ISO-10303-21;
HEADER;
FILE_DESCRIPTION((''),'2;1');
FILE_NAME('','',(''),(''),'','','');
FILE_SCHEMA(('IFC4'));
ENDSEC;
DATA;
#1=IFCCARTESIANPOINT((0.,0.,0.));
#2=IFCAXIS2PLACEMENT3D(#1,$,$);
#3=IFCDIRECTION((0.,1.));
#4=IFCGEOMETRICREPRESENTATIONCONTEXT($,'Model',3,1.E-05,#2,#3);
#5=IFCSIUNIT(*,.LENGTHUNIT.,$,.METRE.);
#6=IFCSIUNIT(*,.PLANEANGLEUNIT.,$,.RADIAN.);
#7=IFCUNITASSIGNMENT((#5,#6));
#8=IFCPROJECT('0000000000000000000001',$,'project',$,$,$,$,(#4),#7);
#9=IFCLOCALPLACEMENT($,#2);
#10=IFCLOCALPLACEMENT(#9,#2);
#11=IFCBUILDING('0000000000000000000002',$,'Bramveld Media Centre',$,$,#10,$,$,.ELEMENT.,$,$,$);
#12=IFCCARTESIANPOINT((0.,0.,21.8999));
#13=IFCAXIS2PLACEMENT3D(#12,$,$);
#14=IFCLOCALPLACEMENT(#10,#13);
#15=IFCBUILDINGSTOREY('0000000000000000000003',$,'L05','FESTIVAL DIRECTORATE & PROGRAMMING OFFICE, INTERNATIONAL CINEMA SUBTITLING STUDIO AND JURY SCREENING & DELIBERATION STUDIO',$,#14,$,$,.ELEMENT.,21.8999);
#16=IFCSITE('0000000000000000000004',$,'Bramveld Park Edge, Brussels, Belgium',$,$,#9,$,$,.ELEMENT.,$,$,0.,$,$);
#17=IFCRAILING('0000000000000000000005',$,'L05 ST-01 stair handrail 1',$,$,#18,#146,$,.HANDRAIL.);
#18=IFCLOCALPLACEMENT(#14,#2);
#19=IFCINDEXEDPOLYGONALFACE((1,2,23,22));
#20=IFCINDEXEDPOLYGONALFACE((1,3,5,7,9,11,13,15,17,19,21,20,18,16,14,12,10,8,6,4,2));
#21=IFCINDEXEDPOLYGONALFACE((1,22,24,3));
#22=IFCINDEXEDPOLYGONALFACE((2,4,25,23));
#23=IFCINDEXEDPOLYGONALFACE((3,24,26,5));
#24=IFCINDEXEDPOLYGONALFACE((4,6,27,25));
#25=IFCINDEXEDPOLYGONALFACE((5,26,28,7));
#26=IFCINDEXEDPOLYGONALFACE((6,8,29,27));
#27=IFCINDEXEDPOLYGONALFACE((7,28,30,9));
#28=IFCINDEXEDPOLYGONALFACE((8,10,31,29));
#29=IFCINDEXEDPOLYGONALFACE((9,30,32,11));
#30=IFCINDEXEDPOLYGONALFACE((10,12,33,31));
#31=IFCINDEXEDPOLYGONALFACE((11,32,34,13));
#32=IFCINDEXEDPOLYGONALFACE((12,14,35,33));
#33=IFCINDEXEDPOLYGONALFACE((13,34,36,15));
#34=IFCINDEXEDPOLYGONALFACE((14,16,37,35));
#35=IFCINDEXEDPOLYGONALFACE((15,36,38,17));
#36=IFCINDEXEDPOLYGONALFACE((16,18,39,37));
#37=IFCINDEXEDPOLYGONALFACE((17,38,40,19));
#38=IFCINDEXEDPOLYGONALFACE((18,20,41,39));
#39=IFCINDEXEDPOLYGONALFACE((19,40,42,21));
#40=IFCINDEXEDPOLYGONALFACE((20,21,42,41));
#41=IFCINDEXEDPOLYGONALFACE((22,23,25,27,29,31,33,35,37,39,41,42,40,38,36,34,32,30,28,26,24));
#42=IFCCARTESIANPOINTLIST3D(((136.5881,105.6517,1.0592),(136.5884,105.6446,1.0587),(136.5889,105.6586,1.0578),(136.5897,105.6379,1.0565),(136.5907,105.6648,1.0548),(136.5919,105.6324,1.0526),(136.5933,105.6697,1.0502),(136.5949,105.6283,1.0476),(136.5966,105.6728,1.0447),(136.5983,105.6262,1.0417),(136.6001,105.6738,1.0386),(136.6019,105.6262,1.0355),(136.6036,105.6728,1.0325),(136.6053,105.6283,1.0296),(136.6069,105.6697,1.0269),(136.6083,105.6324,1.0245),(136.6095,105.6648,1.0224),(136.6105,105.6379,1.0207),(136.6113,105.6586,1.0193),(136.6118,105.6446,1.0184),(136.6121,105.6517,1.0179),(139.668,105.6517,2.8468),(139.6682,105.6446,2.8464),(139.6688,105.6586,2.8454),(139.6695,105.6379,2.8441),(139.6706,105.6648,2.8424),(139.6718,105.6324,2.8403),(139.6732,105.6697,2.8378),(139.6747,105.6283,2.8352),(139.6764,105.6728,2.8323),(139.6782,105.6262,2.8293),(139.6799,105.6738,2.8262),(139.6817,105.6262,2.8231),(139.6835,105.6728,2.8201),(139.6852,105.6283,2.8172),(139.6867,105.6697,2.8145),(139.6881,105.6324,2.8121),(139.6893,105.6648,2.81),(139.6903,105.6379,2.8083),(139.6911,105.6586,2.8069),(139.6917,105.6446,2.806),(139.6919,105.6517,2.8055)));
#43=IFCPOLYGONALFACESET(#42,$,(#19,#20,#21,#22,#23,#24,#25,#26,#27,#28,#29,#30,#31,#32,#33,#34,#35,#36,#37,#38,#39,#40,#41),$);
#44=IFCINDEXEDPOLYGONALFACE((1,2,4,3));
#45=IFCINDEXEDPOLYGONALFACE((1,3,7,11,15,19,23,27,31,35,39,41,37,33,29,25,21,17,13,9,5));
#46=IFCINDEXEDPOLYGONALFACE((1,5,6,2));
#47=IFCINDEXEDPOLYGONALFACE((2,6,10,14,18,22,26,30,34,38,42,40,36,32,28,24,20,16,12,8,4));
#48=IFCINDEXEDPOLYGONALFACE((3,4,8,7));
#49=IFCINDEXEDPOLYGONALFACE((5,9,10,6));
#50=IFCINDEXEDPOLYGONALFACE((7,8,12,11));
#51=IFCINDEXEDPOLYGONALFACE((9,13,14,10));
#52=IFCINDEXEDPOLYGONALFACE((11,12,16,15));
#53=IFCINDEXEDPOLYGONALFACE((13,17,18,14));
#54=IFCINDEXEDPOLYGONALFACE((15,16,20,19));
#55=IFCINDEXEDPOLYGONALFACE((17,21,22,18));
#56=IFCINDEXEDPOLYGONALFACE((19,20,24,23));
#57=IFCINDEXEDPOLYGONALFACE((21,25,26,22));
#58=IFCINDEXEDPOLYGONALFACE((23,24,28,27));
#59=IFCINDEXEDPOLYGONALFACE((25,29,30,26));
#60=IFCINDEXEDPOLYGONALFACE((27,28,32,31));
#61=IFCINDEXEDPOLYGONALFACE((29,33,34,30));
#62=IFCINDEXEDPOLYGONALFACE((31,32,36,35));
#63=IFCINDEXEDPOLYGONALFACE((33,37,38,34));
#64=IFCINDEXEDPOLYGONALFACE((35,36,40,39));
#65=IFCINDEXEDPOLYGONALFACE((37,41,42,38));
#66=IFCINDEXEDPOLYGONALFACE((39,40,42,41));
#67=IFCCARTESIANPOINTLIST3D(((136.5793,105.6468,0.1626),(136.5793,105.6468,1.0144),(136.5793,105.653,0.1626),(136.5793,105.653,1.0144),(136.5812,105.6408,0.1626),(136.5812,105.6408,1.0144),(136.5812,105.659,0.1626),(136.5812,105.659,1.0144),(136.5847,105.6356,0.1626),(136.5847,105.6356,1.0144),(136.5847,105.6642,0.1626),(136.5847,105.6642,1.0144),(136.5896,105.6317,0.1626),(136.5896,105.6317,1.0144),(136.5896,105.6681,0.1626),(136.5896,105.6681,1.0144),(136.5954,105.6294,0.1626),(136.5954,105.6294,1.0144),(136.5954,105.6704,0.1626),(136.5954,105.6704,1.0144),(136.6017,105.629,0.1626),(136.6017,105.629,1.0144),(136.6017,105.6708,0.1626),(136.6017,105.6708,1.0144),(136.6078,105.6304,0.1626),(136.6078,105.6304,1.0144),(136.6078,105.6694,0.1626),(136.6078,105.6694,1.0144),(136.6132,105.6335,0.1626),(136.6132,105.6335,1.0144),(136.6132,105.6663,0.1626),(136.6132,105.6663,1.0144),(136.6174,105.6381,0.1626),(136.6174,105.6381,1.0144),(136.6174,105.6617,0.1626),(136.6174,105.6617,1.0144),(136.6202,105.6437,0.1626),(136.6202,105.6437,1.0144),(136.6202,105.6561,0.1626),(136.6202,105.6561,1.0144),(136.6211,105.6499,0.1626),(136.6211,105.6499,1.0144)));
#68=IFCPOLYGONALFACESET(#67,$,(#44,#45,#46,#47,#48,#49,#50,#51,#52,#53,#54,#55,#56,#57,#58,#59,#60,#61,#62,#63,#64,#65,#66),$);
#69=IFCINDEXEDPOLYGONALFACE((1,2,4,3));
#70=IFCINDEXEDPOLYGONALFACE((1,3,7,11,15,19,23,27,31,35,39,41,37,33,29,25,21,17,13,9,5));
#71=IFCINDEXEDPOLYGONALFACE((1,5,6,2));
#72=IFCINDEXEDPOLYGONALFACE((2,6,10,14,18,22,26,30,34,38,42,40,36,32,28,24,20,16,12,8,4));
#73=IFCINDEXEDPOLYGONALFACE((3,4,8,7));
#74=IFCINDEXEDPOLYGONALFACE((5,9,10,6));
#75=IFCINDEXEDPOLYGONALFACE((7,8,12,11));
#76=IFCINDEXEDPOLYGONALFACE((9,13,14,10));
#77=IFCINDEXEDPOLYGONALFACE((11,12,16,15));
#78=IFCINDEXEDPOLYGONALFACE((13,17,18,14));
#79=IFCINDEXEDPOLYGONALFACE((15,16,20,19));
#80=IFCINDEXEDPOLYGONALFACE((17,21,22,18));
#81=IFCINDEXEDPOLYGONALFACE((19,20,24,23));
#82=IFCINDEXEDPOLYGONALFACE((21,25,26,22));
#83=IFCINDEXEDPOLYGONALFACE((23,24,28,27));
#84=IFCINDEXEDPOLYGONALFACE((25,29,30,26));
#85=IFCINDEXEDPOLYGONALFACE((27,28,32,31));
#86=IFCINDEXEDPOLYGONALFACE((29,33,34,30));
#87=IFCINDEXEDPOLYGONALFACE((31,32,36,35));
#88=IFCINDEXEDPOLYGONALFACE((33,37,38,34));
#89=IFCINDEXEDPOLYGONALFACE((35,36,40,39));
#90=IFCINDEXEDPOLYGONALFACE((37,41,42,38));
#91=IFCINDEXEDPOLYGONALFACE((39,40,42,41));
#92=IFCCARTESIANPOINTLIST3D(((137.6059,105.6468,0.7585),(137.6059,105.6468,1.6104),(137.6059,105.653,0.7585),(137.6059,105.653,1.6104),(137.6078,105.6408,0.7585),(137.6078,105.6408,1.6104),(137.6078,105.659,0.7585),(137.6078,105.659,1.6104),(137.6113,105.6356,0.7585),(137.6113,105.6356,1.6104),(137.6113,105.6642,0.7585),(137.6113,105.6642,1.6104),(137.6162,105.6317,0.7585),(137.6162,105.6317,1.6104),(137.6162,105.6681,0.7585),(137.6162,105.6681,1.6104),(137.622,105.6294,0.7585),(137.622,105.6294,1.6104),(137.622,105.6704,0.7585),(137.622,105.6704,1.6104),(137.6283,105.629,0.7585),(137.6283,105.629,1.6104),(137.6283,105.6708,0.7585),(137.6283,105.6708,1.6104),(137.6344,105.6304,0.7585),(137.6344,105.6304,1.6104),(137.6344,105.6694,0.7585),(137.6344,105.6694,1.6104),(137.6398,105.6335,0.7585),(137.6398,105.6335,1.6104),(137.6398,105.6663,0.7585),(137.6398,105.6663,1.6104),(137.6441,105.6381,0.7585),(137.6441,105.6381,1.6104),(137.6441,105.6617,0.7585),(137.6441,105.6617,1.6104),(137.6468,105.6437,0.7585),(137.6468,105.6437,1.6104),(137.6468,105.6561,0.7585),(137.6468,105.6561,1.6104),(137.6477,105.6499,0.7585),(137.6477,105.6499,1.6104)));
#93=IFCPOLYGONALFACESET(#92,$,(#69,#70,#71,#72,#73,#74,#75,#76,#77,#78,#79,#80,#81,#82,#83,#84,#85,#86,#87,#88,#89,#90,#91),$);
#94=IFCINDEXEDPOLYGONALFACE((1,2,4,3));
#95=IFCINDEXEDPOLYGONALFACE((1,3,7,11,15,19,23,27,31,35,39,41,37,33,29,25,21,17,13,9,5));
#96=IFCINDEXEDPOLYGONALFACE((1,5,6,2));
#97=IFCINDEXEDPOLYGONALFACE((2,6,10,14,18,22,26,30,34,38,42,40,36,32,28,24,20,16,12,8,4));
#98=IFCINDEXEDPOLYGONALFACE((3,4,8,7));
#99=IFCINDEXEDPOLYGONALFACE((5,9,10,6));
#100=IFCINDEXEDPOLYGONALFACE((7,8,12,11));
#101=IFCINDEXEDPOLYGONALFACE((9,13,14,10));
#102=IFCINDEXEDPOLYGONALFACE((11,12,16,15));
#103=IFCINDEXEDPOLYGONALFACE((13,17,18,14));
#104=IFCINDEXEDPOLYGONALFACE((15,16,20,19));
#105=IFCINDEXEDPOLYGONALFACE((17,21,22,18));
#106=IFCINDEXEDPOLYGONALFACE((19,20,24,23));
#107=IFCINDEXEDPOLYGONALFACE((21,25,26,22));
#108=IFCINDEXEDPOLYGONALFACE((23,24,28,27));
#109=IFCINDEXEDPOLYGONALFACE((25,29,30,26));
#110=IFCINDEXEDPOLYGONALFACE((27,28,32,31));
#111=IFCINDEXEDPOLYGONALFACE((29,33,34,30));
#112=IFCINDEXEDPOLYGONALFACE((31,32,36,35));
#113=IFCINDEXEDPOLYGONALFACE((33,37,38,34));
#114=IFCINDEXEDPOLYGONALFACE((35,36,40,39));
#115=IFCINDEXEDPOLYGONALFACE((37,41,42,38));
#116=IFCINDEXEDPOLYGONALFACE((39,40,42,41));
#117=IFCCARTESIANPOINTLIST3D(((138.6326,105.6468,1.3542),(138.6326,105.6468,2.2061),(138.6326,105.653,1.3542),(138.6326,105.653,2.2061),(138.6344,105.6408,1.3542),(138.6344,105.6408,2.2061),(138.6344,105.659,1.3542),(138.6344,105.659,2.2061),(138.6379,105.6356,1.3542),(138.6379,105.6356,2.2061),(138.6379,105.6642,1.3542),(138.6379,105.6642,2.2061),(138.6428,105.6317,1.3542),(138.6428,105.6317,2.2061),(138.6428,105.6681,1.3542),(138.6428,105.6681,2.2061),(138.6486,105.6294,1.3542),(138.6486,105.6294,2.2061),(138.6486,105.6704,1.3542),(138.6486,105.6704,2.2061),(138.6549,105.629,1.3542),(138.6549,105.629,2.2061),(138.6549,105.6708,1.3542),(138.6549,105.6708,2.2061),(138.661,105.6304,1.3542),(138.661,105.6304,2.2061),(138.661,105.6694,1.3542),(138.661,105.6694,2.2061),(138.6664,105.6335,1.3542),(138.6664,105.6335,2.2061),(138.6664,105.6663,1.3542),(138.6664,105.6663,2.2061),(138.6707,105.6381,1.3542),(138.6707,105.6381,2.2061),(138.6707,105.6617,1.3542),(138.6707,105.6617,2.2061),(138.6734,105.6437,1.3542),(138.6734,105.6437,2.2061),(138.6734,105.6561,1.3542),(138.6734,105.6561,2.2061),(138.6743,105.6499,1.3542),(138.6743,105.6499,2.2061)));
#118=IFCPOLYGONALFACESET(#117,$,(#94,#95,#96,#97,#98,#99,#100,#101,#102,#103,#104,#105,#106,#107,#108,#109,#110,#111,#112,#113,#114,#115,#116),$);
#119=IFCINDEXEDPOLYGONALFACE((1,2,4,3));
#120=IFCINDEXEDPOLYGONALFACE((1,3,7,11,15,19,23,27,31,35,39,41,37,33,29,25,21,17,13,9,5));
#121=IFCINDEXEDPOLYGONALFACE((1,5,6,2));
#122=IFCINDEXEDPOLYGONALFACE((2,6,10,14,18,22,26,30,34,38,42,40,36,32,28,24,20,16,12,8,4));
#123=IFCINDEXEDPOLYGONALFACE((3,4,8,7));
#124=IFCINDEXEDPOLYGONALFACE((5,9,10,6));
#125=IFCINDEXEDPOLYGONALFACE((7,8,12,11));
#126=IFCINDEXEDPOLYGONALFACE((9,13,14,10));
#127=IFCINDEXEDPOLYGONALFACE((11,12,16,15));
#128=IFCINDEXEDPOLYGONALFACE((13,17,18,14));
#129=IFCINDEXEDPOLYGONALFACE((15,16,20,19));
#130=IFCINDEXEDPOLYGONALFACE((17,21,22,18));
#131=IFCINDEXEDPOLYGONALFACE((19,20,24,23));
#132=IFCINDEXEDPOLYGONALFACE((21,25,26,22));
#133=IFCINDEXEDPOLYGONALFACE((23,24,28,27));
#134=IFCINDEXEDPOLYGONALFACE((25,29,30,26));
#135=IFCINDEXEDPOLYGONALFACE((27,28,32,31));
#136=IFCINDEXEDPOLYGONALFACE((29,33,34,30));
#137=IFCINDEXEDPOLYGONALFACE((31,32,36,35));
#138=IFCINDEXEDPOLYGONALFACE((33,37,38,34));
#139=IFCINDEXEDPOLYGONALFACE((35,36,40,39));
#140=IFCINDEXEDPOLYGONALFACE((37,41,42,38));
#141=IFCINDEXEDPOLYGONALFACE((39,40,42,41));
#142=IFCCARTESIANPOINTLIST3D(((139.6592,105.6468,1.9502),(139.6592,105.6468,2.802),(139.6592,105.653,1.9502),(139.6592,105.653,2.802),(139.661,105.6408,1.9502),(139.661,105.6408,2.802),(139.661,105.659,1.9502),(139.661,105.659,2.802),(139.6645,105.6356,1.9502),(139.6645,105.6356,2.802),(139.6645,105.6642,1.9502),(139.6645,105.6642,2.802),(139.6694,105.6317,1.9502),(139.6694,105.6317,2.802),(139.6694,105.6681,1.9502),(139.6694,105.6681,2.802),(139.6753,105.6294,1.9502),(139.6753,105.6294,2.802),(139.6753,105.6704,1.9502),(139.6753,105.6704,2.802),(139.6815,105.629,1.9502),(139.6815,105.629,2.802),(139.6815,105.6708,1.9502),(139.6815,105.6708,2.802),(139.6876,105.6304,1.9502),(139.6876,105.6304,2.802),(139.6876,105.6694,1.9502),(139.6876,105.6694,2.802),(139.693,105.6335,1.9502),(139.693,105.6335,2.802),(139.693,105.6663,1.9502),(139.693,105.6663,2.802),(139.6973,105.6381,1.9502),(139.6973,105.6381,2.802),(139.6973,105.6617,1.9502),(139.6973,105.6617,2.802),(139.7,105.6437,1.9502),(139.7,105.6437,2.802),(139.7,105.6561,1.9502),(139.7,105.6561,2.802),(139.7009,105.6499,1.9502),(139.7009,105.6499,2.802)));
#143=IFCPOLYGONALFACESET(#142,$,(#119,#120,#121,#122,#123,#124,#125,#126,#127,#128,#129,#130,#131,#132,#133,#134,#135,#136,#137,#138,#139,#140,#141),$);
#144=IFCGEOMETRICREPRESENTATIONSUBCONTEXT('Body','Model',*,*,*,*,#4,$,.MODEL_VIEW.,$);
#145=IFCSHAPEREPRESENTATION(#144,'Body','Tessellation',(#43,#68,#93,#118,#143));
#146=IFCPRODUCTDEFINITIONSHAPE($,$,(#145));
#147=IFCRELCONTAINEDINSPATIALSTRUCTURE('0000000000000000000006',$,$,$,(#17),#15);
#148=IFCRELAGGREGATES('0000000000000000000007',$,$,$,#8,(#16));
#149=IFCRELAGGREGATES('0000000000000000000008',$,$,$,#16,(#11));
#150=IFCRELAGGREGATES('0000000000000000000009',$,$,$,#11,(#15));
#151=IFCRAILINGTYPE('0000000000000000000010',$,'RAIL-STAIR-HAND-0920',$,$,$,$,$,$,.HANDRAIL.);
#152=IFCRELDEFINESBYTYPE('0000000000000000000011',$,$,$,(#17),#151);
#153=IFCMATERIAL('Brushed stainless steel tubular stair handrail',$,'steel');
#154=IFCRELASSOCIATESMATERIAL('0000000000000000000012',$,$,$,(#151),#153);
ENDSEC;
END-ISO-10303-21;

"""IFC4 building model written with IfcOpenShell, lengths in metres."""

from ifc_helpers import new_model, si_unit, direction, frame, origin, origin_2d, place, context, subcontext, project, spatial, circle, extrude, material, type_object, element, save


model = new_model("IFC4")

# Units and contexts
model_context = context("Model", 3, precision=1e-05, world=origin(), true_north=direction((0.0, 1.0)))
body_context = subcontext(model_context, "Body", "Model", "MODEL_VIEW")
ifc_project = project(units=[si_unit("LENGTHUNIT", "METRE"), si_unit("PLANEANGLEUNIT", "RADIAN")], contexts=[model_context])

# Site, building, storey
site_placement = place(None, origin())
site = spatial("IfcSite", under=ifc_project, at=site_placement, Name="Bramveld Park Edge, Brussels, Belgium", CompositionType="ELEMENT", RefElevation=0.0)
building_placement = place(site_placement, origin())
building = spatial("IfcBuilding", under=site, at=building_placement, Name="Bramveld Media Centre", CompositionType="ELEMENT")
storey_placement = place(building_placement, frame((0.0, 0.0, 21.8999)))
storey = spatial("IfcBuildingStorey", under=building, at=storey_placement, Name="L05", Description="FESTIVAL DIRECTORATE & PROGRAMMING OFFICE, INTERNATIONAL CINEMA SUBTITLING STUDIO AND JURY SCREENING & DELIBERATION STUDIO", CompositionType="ELEMENT", Elevation=21.8999)

# Railing
ifc_material_1 = material(Name="Brushed stainless steel tubular stair handrail", Category="steel")
railing_type_1 = type_object("IfcRailingType", Name="RAIL-STAIR-HAND-0920", PredefinedType="HANDRAIL", material=ifc_material_1)
railing_1_placement = place(storey_placement, frame((136.6001, 105.6499, 0.1626)))
element("IfcRailing", 1, at=railing_1_placement, inside=storey, type_object=railing_type_1, Name="L05 ST-01 stair handrail 1", PredefinedType="HANDRAIL", context=body_context, shape_type="SweptSolid", body=[
    extrude(circle(Radius=0.0239, at=origin_2d()), frame((0.0, 0.0, 0.876), z_axis=(0.864873, 0.0, 0.50199), x_axis=(0.0, 1.0, 0.0)), (0.0, 0.0, 1.0), 3.561),
    extrude(circle(Radius=0.021, at=origin_2d()), origin(), (0.0, 0.0, 1.0), 0.8518),
    extrude(circle(Radius=0.021, at=origin_2d()), frame((1.0266, 0.0, 0.5959)), (0.0, 0.0, 1.0), 0.8518),
    extrude(circle(Radius=0.021, at=origin_2d()), frame((2.0532, 0.0, 1.1917)), (0.0, 0.0, 1.0), 0.8518),
    extrude(circle(Radius=0.021, at=origin_2d()), frame((3.0798, 0.0, 1.7876)), (0.0, 0.0, 1.0), 0.8518),
])

save(model, "model.ifc")
